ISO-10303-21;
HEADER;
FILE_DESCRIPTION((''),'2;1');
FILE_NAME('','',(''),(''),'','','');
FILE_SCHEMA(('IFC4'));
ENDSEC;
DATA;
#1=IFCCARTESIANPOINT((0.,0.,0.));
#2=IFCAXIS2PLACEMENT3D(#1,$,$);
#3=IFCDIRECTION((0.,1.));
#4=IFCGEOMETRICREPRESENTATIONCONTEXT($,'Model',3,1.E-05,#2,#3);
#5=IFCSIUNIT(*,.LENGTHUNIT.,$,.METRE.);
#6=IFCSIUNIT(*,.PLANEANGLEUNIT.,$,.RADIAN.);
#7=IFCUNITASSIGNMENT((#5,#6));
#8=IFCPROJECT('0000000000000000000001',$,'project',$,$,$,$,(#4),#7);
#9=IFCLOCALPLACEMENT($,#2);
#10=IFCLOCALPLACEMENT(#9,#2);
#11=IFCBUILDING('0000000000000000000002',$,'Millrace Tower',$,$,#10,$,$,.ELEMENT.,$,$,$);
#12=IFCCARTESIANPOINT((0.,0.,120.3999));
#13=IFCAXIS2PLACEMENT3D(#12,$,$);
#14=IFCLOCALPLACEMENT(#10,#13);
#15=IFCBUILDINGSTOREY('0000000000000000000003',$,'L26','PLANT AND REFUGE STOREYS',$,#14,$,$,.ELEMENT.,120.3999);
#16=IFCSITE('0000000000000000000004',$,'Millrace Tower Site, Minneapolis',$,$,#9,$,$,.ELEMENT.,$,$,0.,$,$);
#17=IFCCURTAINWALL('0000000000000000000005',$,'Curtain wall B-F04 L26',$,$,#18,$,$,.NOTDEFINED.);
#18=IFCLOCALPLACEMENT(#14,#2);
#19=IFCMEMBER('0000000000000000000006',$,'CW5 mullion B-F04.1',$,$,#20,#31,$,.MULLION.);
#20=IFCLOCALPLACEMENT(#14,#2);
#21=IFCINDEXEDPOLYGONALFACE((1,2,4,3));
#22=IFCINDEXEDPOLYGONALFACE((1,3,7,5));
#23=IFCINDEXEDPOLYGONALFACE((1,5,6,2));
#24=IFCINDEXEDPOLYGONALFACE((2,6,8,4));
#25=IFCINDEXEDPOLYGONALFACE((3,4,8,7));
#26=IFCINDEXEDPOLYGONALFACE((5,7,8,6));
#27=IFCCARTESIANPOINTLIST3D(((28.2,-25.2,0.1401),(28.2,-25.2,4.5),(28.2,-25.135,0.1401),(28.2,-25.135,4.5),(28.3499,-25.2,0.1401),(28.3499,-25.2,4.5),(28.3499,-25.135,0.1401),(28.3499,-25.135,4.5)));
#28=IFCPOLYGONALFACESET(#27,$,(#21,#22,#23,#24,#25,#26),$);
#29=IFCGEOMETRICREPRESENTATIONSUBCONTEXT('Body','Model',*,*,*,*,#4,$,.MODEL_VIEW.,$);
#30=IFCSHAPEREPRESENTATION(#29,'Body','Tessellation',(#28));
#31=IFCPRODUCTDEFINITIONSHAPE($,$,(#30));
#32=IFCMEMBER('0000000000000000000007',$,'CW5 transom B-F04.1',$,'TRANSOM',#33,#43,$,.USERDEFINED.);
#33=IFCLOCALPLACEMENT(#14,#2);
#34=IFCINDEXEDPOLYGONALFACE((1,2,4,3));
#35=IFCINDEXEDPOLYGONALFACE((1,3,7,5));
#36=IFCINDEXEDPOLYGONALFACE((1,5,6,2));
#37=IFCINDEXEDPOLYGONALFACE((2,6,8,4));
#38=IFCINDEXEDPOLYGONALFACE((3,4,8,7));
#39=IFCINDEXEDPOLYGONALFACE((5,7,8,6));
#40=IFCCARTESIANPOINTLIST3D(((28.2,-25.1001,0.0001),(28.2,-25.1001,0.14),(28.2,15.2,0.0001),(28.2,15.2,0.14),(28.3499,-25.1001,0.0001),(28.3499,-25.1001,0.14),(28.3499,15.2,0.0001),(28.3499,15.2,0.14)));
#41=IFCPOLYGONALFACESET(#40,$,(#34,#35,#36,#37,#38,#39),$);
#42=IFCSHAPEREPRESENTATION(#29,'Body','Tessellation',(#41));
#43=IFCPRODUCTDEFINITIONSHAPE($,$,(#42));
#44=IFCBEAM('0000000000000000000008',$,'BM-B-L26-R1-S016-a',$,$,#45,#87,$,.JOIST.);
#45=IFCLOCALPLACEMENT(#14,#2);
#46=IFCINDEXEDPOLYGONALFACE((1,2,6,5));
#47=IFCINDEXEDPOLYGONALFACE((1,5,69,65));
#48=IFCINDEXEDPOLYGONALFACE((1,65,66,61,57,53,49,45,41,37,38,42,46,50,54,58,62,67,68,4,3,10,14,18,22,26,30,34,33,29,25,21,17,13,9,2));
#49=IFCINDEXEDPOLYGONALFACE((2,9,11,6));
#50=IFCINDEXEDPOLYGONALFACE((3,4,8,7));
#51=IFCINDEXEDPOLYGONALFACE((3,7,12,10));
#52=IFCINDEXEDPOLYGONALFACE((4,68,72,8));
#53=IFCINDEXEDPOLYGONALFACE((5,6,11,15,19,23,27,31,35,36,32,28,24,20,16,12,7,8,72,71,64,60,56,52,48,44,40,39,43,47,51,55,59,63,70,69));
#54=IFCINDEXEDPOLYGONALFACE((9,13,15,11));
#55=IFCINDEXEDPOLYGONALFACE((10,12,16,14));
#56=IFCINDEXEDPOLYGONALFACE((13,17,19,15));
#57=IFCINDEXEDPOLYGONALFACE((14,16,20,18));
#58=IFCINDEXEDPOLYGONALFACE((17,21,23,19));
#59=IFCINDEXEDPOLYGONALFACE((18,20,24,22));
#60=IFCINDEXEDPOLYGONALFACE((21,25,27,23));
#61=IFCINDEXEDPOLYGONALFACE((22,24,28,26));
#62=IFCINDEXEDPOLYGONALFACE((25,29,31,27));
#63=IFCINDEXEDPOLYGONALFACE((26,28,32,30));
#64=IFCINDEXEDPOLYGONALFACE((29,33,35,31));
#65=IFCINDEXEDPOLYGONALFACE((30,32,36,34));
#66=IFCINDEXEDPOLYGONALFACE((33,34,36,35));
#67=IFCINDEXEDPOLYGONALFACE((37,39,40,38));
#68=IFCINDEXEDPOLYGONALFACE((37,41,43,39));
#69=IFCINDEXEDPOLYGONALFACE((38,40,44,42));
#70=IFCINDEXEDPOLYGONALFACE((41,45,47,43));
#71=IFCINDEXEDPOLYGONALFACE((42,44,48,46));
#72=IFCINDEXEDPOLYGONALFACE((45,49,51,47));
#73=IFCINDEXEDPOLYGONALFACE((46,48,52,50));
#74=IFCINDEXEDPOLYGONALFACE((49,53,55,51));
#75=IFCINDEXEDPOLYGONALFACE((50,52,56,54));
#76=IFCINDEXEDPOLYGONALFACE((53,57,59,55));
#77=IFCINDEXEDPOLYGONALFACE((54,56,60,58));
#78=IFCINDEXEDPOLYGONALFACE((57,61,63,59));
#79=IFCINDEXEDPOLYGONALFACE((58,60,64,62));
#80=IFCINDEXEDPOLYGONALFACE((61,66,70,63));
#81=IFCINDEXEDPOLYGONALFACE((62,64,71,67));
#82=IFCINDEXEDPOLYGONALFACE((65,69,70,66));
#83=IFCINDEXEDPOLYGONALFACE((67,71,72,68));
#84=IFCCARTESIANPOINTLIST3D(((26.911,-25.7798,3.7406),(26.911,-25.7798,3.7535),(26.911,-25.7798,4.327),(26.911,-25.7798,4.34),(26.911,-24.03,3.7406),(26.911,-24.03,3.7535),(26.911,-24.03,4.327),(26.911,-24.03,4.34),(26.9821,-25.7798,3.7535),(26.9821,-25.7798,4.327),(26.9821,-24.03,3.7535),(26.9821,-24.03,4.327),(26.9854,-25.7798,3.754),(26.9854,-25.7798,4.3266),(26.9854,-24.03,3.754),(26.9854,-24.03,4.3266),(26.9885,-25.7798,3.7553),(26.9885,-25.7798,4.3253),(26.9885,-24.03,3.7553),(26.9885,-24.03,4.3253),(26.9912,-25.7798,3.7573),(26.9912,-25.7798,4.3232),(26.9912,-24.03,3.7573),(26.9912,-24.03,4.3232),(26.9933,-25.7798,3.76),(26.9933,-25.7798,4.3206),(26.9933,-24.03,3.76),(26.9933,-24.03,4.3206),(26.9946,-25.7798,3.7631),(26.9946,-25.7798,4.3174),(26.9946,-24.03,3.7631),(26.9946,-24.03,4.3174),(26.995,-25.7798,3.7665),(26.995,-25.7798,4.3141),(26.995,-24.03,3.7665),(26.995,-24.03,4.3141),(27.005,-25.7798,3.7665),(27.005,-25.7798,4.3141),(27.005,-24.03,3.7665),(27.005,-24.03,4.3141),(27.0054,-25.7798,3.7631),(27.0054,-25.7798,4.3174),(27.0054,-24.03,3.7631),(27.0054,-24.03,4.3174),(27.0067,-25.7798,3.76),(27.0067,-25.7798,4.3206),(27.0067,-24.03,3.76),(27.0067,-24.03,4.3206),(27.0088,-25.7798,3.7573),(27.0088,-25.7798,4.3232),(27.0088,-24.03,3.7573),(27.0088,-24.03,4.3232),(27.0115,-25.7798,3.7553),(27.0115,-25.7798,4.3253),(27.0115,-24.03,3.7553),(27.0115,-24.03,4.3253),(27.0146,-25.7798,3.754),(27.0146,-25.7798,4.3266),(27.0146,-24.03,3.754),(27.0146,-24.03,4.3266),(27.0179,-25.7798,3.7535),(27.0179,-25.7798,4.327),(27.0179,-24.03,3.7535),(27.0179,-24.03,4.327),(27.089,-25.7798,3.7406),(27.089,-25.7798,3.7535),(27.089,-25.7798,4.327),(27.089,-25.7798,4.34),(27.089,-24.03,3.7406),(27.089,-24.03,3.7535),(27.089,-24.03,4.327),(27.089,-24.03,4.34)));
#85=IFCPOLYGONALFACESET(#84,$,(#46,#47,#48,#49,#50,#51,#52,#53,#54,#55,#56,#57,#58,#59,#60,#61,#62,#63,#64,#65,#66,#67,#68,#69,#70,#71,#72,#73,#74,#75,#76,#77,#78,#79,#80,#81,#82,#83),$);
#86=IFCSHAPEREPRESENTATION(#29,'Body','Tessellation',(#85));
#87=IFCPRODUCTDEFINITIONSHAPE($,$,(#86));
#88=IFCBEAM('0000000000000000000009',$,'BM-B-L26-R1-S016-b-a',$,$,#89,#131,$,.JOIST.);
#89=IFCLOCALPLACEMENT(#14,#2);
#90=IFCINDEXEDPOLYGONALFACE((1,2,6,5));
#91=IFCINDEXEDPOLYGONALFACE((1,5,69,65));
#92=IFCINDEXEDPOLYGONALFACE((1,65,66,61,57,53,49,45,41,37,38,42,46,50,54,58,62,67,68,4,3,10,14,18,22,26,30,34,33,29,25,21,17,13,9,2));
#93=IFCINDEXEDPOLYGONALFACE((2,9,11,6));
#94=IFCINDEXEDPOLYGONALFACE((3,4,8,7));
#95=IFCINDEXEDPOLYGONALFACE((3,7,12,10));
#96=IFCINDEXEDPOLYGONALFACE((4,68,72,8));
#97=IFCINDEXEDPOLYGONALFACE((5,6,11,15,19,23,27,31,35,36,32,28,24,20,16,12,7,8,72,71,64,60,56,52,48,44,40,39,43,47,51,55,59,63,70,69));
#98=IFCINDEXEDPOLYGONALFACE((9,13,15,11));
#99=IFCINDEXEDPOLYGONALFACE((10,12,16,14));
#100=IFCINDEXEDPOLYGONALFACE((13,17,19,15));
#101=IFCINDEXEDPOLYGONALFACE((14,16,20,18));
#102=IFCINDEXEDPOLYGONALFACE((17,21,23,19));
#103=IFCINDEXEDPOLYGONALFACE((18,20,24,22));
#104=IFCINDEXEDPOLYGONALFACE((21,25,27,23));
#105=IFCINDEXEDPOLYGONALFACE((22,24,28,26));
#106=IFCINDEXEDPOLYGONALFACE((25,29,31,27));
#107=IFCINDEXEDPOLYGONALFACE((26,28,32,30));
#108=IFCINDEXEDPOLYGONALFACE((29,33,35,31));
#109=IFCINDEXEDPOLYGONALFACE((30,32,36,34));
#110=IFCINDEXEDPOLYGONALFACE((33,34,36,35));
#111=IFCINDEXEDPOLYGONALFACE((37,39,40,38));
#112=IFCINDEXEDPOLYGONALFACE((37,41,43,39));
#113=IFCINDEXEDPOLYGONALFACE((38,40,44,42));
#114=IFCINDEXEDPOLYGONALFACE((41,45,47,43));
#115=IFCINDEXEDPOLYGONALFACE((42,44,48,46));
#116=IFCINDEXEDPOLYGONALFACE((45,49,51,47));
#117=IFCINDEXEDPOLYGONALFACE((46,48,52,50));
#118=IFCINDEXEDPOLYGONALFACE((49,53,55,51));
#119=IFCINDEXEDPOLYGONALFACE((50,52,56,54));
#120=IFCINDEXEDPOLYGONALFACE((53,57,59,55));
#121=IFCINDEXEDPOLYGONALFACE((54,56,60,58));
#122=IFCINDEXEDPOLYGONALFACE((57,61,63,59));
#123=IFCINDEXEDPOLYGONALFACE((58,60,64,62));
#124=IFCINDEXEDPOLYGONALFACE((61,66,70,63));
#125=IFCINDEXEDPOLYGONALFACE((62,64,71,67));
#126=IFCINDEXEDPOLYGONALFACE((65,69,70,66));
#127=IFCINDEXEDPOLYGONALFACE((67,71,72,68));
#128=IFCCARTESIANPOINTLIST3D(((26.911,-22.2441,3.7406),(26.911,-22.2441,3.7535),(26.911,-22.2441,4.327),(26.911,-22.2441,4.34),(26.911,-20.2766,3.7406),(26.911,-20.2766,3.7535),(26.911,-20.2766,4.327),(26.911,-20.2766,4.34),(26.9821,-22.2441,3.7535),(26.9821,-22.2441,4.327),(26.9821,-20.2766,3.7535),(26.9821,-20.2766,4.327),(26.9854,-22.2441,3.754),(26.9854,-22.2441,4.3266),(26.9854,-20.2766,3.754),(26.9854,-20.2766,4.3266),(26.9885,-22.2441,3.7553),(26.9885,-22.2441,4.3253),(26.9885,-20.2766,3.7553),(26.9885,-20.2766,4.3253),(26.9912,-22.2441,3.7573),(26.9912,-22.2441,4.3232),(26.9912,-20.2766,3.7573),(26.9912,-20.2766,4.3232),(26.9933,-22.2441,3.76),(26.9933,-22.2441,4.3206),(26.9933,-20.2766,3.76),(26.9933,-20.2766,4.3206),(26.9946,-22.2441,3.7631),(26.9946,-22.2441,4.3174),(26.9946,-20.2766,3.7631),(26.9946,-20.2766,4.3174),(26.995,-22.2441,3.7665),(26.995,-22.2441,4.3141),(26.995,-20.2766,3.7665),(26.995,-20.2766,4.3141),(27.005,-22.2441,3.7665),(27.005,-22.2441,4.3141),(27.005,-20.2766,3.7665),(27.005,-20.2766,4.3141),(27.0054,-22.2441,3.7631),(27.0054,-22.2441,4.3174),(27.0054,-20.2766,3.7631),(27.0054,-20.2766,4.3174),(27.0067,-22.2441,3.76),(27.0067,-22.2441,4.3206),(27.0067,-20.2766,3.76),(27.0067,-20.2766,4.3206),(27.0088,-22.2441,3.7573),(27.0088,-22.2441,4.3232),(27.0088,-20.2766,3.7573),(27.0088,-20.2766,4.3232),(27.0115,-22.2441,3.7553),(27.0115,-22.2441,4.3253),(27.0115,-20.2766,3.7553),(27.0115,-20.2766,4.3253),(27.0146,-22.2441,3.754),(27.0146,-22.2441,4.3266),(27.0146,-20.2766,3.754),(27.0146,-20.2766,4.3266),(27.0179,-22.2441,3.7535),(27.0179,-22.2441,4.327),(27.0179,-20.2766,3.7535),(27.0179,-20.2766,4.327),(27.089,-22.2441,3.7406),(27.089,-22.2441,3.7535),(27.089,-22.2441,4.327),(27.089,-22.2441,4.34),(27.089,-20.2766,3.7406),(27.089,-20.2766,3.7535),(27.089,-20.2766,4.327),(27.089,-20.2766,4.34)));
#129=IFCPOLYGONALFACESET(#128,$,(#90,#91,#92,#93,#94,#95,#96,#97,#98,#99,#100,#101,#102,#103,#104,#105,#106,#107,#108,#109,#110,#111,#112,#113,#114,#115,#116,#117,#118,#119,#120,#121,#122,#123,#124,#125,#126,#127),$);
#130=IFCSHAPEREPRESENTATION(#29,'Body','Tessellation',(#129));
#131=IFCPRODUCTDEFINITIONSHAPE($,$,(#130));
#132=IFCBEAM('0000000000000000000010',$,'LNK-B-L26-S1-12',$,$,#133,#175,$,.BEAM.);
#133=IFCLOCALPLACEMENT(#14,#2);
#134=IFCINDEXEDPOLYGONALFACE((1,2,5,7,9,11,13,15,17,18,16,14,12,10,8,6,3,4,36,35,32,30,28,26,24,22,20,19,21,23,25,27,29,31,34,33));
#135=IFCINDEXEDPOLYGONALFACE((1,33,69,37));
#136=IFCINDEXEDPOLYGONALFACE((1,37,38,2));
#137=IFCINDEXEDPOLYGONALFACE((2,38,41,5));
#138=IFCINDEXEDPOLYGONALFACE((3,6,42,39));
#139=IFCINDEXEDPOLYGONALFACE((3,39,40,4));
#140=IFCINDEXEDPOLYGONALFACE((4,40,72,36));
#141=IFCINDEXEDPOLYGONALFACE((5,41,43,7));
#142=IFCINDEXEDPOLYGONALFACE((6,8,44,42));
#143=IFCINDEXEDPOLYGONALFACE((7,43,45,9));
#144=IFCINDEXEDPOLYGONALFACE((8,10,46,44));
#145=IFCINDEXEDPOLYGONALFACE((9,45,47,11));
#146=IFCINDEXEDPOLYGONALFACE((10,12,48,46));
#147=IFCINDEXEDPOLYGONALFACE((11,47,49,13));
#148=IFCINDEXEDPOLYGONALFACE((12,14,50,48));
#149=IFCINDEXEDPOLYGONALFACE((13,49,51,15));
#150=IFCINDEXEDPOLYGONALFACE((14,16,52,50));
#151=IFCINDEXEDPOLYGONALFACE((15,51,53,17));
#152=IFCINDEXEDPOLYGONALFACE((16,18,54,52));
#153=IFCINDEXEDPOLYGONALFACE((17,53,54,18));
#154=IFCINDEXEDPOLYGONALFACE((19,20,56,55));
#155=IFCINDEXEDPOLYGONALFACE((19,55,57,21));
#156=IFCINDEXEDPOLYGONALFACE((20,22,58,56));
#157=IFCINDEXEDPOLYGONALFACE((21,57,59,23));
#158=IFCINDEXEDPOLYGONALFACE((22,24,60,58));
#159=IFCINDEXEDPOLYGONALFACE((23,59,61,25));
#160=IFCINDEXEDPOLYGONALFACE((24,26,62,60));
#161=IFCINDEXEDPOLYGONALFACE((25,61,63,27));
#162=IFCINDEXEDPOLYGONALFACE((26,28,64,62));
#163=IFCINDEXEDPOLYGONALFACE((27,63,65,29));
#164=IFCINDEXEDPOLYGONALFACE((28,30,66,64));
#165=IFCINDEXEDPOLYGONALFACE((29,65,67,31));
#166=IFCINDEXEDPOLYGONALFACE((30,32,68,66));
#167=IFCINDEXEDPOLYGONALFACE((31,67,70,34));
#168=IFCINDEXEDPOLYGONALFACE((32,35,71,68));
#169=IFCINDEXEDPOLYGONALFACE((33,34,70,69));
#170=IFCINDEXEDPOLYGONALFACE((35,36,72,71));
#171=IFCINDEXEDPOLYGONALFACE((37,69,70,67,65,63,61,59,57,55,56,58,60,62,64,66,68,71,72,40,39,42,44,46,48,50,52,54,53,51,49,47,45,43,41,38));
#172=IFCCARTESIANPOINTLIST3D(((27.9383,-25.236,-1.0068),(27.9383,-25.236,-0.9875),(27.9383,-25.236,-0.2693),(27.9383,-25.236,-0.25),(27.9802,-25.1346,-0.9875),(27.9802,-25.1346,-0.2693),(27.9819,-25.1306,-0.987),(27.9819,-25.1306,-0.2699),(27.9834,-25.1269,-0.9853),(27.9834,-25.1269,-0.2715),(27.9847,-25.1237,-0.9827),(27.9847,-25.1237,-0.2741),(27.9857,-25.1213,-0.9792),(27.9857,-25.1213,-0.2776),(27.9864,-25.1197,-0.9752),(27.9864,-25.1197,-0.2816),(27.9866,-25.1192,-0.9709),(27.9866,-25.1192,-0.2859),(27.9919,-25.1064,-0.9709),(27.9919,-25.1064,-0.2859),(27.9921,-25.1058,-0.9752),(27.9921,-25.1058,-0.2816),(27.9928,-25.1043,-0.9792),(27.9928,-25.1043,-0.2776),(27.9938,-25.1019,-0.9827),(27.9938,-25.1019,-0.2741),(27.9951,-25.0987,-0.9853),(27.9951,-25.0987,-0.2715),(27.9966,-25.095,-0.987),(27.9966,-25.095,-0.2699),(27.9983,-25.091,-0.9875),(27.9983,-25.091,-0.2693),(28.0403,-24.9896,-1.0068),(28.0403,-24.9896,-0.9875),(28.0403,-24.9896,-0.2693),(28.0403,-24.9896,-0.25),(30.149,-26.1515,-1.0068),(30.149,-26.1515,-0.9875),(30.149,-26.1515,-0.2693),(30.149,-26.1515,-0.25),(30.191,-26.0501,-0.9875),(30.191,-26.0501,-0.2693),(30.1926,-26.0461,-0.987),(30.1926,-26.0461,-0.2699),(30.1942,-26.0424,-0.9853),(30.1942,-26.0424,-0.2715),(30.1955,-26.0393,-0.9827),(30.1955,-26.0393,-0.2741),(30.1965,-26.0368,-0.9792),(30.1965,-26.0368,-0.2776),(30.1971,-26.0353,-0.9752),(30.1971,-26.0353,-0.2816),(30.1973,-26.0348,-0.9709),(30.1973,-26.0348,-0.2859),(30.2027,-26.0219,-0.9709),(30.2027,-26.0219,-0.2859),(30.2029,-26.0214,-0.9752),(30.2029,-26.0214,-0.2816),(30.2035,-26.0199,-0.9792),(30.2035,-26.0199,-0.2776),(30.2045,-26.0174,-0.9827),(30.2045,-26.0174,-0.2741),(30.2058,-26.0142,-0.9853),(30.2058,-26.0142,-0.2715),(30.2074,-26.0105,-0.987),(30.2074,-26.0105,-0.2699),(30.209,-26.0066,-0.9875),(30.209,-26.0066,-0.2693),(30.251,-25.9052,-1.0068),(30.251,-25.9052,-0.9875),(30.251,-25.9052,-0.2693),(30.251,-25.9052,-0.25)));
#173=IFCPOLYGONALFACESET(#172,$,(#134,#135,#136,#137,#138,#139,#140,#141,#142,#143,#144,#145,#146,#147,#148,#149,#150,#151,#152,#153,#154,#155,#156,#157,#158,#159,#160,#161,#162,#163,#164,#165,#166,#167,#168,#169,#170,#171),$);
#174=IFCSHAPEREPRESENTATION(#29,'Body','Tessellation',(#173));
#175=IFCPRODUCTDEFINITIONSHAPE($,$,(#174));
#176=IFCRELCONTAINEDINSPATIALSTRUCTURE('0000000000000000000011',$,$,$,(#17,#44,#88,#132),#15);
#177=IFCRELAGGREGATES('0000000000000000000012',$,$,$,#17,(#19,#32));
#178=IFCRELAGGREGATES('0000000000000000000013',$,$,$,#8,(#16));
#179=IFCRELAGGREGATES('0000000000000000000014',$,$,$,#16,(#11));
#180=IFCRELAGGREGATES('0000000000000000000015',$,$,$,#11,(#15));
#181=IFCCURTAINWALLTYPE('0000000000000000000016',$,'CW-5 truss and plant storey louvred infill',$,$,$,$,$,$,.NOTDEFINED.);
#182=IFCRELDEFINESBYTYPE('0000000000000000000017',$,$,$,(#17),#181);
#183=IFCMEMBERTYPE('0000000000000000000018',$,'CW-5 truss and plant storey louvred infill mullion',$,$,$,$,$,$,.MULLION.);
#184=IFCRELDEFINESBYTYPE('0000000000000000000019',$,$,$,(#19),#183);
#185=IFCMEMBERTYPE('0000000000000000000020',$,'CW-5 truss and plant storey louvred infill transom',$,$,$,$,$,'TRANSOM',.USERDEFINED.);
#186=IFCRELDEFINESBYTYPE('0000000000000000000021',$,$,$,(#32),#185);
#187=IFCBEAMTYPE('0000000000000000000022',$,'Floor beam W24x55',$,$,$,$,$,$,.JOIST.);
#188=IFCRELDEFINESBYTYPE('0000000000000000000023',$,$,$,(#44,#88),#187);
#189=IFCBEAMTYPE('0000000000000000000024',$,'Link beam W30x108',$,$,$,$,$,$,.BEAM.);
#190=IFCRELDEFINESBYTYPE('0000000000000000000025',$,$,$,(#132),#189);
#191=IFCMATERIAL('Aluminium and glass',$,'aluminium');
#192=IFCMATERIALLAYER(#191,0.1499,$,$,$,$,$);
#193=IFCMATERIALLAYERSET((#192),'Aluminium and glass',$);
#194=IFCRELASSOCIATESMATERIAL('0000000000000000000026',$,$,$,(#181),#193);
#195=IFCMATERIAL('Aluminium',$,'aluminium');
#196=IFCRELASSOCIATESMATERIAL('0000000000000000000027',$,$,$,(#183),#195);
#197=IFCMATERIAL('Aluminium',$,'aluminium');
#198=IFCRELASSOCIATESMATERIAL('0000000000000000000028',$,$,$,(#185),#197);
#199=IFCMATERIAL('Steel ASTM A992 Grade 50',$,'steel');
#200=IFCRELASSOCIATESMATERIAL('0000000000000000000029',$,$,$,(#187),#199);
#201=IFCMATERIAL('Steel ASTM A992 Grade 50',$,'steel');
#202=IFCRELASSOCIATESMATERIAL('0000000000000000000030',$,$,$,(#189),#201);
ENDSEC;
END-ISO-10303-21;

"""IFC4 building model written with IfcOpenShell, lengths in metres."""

from ifc_helpers import new_model, si_unit, direction, frame, origin, origin_2d, place, context, subcontext, project, spatial, rectangle, i_section, extrude, material, layer, layer_set, material_profile, profile_set, type_object, element, aggregate, save


model = new_model("IFC4")

# Units and contexts
model_context = context("Model", 3, precision=1e-05, world=origin(), true_north=direction((0.0, 1.0)))
body_context = subcontext(model_context, "Body", "Model", "MODEL_VIEW")
ifc_project = project(units=[si_unit("LENGTHUNIT", "METRE"), si_unit("PLANEANGLEUNIT", "RADIAN")], contexts=[model_context])

# Site, building, storey
site_placement = place(None, origin())
site = spatial("IfcSite", under=ifc_project, at=site_placement, Name="Millrace Tower Site, Minneapolis", CompositionType="ELEMENT", RefElevation=0.0)
building_placement = place(site_placement, origin())
building = spatial("IfcBuilding", under=site, at=building_placement, Name="Millrace Tower", CompositionType="ELEMENT")
storey_placement = place(building_placement, frame((0.0, 0.0, 120.3999)))
storey = spatial("IfcBuildingStorey", under=building, at=storey_placement, Name="L26", Description="PLANT AND REFUGE STOREYS", CompositionType="ELEMENT", Elevation=120.3999)

# Curtain wall, members
ifc_material_1 = material(Name="Aluminium and glass", Category="aluminium")
ifc_layer_1 = layer(ifc_material_1, 0.1499)
ifc_layer_set_1 = layer_set([ifc_layer_1], Name="Aluminium and glass")
curtain_wall_type = type_object("IfcCurtainWallType", Name="CW-5 truss and plant storey louvred infill", PredefinedType="NOTDEFINED", material=ifc_layer_set_1)
curtain_wall_placement = place(storey_placement, origin())
curtain_wall = element("IfcCurtainWall", 1, at=curtain_wall_placement, inside=storey, type_object=curtain_wall_type, Name="Curtain wall B-F04 L26", PredefinedType="NOTDEFINED")
ifc_material_2 = material(Name="Aluminium", Category="aluminium")
ifc_material_profile_1 = material_profile(ifc_material_2, rectangle(XDim=0.0649, YDim=0.1499, at=origin_2d()))
ifc_profile_set_1 = profile_set([ifc_material_profile_1], Name="Aluminium")
member_type_1 = type_object("IfcMemberType", Name="CW-5 truss and plant storey louvred infill mullion", PredefinedType="MULLION", material=ifc_profile_set_1)
member_1_placement = place(storey_placement, frame((28.2749, -25.1675, 0.1401), z_axis=(0.0, 0.0, 1.0), x_axis=(0.0, 1.0, 0.0)))
member_1 = element("IfcMember", 2, at=member_1_placement, type_object=member_type_1, Name="CW5 mullion B-F04.1", PredefinedType="MULLION", context=body_context, shape_type="SweptSolid", body=[
    extrude(rectangle(XDim=0.0649, YDim=0.1499, at=origin_2d()), origin(), (0.0, 0.0, 1.0), 4.3599),
])
ifc_material_3 = material(Name="Aluminium", Category="aluminium")
ifc_material_profile_2 = material_profile(ifc_material_3, rectangle(XDim=0.1499, YDim=0.1399, at=origin_2d()))
ifc_profile_set_2 = profile_set([ifc_material_profile_2], Name="Aluminium")
member_type_2 = type_object("IfcMemberType", Name="CW-5 truss and plant storey louvred infill transom", ElementType="TRANSOM", PredefinedType="USERDEFINED", material=ifc_profile_set_2)
member_2_placement = place(storey_placement, frame((28.2749, -25.1001, 0.0701), z_axis=(0.0, 1.0, 0.0), x_axis=(-1.0, 0.0, 0.0)))
member_2 = element("IfcMember", 3, at=member_2_placement, type_object=member_type_2, Name="CW5 transom B-F04.1", ObjectType="TRANSOM", PredefinedType="USERDEFINED", context=body_context, shape_type="SweptSolid", body=[
    extrude(rectangle(XDim=0.1499, YDim=0.1399, at=origin_2d()), origin(), (0.0, 0.0, 1.0), 40.3),
])
aggregate(curtain_wall, [member_1, member_2])

# Beams
ifc_material_4 = material(Name="Steel ASTM A992 Grade 50", Category="steel")
ifc_material_profile_3 = material_profile(ifc_material_4, i_section(OverallWidth=0.178, OverallDepth=0.5994, WebThickness=0.01, FlangeThickness=0.0129, FilletRadius=0.0129, at=origin_2d()))
ifc_profile_set_3 = profile_set([ifc_material_profile_3], Name="Steel ASTM A992 Grade 50")
beam_type_1 = type_object("IfcBeamType", Name="Floor beam W24x55", PredefinedType="JOIST", material=ifc_profile_set_3)
beam_1_placement = place(storey_placement, frame((27.0, -25.7798, 4.0403), z_axis=(0.0, 1.0, 0.0), x_axis=(-1.0, 0.0, 0.0)))
element("IfcBeam", 4, at=beam_1_placement, inside=storey, type_object=beam_type_1, Name="BM-B-L26-R1-S016-a", PredefinedType="JOIST", context=body_context, shape_type="SweptSolid", body=[
    extrude(i_section(OverallWidth=0.178, OverallDepth=0.5994, WebThickness=0.01, FlangeThickness=0.0129, FilletRadius=0.0129, at=origin_2d()), origin(), (0.0, 0.0, 1.0), 1.7498),
])
beam_2_placement = place(storey_placement, frame((27.0, -22.2441, 4.0403), z_axis=(0.0, 1.0, 0.0), x_axis=(-1.0, 0.0, 0.0)))
element("IfcBeam", 5, at=beam_2_placement, inside=storey, type_object=beam_type_1, Name="BM-B-L26-R1-S016-b-a", PredefinedType="JOIST", context=body_context, shape_type="SweptSolid", body=[
    extrude(i_section(OverallWidth=0.178, OverallDepth=0.5994, WebThickness=0.01, FlangeThickness=0.0129, FilletRadius=0.0129, at=origin_2d()), origin(), (0.0, 0.0, 1.0), 1.9675),
])
ifc_material_5 = material(Name="Steel ASTM A992 Grade 50", Category="steel")
ifc_material_profile_4 = material_profile(ifc_material_5, i_section(OverallWidth=0.2666, OverallDepth=0.7568, WebThickness=0.0139, FlangeThickness=0.0193, FilletRadius=0.0166, at=origin_2d()))
ifc_profile_set_4 = profile_set([ifc_material_profile_4], Name="Steel ASTM A992 Grade 50")
beam_type_2 = type_object("IfcBeamType", Name="Link beam W30x108", PredefinedType="BEAM", material=ifc_profile_set_4)
beam_3_placement = place(storey_placement, frame((27.9893, -25.1128, -0.6284), z_axis=(0.923905, -0.382622, 0.0), x_axis=(0.382622, 0.923905, 0.0)))
element("IfcBeam", 6, at=beam_3_placement, inside=storey, type_object=beam_type_2, Name="LNK-B-L26-S1-12", PredefinedType="BEAM", context=body_context, shape_type="SweptSolid", body=[
    extrude(i_section(OverallWidth=0.2666, OverallDepth=0.7568, WebThickness=0.0139, FlangeThickness=0.0193, FilletRadius=0.0166, at=origin_2d()), origin(), (0.0, 0.0, 1.0), 2.3928),
])

save(model, "model.ifc")
